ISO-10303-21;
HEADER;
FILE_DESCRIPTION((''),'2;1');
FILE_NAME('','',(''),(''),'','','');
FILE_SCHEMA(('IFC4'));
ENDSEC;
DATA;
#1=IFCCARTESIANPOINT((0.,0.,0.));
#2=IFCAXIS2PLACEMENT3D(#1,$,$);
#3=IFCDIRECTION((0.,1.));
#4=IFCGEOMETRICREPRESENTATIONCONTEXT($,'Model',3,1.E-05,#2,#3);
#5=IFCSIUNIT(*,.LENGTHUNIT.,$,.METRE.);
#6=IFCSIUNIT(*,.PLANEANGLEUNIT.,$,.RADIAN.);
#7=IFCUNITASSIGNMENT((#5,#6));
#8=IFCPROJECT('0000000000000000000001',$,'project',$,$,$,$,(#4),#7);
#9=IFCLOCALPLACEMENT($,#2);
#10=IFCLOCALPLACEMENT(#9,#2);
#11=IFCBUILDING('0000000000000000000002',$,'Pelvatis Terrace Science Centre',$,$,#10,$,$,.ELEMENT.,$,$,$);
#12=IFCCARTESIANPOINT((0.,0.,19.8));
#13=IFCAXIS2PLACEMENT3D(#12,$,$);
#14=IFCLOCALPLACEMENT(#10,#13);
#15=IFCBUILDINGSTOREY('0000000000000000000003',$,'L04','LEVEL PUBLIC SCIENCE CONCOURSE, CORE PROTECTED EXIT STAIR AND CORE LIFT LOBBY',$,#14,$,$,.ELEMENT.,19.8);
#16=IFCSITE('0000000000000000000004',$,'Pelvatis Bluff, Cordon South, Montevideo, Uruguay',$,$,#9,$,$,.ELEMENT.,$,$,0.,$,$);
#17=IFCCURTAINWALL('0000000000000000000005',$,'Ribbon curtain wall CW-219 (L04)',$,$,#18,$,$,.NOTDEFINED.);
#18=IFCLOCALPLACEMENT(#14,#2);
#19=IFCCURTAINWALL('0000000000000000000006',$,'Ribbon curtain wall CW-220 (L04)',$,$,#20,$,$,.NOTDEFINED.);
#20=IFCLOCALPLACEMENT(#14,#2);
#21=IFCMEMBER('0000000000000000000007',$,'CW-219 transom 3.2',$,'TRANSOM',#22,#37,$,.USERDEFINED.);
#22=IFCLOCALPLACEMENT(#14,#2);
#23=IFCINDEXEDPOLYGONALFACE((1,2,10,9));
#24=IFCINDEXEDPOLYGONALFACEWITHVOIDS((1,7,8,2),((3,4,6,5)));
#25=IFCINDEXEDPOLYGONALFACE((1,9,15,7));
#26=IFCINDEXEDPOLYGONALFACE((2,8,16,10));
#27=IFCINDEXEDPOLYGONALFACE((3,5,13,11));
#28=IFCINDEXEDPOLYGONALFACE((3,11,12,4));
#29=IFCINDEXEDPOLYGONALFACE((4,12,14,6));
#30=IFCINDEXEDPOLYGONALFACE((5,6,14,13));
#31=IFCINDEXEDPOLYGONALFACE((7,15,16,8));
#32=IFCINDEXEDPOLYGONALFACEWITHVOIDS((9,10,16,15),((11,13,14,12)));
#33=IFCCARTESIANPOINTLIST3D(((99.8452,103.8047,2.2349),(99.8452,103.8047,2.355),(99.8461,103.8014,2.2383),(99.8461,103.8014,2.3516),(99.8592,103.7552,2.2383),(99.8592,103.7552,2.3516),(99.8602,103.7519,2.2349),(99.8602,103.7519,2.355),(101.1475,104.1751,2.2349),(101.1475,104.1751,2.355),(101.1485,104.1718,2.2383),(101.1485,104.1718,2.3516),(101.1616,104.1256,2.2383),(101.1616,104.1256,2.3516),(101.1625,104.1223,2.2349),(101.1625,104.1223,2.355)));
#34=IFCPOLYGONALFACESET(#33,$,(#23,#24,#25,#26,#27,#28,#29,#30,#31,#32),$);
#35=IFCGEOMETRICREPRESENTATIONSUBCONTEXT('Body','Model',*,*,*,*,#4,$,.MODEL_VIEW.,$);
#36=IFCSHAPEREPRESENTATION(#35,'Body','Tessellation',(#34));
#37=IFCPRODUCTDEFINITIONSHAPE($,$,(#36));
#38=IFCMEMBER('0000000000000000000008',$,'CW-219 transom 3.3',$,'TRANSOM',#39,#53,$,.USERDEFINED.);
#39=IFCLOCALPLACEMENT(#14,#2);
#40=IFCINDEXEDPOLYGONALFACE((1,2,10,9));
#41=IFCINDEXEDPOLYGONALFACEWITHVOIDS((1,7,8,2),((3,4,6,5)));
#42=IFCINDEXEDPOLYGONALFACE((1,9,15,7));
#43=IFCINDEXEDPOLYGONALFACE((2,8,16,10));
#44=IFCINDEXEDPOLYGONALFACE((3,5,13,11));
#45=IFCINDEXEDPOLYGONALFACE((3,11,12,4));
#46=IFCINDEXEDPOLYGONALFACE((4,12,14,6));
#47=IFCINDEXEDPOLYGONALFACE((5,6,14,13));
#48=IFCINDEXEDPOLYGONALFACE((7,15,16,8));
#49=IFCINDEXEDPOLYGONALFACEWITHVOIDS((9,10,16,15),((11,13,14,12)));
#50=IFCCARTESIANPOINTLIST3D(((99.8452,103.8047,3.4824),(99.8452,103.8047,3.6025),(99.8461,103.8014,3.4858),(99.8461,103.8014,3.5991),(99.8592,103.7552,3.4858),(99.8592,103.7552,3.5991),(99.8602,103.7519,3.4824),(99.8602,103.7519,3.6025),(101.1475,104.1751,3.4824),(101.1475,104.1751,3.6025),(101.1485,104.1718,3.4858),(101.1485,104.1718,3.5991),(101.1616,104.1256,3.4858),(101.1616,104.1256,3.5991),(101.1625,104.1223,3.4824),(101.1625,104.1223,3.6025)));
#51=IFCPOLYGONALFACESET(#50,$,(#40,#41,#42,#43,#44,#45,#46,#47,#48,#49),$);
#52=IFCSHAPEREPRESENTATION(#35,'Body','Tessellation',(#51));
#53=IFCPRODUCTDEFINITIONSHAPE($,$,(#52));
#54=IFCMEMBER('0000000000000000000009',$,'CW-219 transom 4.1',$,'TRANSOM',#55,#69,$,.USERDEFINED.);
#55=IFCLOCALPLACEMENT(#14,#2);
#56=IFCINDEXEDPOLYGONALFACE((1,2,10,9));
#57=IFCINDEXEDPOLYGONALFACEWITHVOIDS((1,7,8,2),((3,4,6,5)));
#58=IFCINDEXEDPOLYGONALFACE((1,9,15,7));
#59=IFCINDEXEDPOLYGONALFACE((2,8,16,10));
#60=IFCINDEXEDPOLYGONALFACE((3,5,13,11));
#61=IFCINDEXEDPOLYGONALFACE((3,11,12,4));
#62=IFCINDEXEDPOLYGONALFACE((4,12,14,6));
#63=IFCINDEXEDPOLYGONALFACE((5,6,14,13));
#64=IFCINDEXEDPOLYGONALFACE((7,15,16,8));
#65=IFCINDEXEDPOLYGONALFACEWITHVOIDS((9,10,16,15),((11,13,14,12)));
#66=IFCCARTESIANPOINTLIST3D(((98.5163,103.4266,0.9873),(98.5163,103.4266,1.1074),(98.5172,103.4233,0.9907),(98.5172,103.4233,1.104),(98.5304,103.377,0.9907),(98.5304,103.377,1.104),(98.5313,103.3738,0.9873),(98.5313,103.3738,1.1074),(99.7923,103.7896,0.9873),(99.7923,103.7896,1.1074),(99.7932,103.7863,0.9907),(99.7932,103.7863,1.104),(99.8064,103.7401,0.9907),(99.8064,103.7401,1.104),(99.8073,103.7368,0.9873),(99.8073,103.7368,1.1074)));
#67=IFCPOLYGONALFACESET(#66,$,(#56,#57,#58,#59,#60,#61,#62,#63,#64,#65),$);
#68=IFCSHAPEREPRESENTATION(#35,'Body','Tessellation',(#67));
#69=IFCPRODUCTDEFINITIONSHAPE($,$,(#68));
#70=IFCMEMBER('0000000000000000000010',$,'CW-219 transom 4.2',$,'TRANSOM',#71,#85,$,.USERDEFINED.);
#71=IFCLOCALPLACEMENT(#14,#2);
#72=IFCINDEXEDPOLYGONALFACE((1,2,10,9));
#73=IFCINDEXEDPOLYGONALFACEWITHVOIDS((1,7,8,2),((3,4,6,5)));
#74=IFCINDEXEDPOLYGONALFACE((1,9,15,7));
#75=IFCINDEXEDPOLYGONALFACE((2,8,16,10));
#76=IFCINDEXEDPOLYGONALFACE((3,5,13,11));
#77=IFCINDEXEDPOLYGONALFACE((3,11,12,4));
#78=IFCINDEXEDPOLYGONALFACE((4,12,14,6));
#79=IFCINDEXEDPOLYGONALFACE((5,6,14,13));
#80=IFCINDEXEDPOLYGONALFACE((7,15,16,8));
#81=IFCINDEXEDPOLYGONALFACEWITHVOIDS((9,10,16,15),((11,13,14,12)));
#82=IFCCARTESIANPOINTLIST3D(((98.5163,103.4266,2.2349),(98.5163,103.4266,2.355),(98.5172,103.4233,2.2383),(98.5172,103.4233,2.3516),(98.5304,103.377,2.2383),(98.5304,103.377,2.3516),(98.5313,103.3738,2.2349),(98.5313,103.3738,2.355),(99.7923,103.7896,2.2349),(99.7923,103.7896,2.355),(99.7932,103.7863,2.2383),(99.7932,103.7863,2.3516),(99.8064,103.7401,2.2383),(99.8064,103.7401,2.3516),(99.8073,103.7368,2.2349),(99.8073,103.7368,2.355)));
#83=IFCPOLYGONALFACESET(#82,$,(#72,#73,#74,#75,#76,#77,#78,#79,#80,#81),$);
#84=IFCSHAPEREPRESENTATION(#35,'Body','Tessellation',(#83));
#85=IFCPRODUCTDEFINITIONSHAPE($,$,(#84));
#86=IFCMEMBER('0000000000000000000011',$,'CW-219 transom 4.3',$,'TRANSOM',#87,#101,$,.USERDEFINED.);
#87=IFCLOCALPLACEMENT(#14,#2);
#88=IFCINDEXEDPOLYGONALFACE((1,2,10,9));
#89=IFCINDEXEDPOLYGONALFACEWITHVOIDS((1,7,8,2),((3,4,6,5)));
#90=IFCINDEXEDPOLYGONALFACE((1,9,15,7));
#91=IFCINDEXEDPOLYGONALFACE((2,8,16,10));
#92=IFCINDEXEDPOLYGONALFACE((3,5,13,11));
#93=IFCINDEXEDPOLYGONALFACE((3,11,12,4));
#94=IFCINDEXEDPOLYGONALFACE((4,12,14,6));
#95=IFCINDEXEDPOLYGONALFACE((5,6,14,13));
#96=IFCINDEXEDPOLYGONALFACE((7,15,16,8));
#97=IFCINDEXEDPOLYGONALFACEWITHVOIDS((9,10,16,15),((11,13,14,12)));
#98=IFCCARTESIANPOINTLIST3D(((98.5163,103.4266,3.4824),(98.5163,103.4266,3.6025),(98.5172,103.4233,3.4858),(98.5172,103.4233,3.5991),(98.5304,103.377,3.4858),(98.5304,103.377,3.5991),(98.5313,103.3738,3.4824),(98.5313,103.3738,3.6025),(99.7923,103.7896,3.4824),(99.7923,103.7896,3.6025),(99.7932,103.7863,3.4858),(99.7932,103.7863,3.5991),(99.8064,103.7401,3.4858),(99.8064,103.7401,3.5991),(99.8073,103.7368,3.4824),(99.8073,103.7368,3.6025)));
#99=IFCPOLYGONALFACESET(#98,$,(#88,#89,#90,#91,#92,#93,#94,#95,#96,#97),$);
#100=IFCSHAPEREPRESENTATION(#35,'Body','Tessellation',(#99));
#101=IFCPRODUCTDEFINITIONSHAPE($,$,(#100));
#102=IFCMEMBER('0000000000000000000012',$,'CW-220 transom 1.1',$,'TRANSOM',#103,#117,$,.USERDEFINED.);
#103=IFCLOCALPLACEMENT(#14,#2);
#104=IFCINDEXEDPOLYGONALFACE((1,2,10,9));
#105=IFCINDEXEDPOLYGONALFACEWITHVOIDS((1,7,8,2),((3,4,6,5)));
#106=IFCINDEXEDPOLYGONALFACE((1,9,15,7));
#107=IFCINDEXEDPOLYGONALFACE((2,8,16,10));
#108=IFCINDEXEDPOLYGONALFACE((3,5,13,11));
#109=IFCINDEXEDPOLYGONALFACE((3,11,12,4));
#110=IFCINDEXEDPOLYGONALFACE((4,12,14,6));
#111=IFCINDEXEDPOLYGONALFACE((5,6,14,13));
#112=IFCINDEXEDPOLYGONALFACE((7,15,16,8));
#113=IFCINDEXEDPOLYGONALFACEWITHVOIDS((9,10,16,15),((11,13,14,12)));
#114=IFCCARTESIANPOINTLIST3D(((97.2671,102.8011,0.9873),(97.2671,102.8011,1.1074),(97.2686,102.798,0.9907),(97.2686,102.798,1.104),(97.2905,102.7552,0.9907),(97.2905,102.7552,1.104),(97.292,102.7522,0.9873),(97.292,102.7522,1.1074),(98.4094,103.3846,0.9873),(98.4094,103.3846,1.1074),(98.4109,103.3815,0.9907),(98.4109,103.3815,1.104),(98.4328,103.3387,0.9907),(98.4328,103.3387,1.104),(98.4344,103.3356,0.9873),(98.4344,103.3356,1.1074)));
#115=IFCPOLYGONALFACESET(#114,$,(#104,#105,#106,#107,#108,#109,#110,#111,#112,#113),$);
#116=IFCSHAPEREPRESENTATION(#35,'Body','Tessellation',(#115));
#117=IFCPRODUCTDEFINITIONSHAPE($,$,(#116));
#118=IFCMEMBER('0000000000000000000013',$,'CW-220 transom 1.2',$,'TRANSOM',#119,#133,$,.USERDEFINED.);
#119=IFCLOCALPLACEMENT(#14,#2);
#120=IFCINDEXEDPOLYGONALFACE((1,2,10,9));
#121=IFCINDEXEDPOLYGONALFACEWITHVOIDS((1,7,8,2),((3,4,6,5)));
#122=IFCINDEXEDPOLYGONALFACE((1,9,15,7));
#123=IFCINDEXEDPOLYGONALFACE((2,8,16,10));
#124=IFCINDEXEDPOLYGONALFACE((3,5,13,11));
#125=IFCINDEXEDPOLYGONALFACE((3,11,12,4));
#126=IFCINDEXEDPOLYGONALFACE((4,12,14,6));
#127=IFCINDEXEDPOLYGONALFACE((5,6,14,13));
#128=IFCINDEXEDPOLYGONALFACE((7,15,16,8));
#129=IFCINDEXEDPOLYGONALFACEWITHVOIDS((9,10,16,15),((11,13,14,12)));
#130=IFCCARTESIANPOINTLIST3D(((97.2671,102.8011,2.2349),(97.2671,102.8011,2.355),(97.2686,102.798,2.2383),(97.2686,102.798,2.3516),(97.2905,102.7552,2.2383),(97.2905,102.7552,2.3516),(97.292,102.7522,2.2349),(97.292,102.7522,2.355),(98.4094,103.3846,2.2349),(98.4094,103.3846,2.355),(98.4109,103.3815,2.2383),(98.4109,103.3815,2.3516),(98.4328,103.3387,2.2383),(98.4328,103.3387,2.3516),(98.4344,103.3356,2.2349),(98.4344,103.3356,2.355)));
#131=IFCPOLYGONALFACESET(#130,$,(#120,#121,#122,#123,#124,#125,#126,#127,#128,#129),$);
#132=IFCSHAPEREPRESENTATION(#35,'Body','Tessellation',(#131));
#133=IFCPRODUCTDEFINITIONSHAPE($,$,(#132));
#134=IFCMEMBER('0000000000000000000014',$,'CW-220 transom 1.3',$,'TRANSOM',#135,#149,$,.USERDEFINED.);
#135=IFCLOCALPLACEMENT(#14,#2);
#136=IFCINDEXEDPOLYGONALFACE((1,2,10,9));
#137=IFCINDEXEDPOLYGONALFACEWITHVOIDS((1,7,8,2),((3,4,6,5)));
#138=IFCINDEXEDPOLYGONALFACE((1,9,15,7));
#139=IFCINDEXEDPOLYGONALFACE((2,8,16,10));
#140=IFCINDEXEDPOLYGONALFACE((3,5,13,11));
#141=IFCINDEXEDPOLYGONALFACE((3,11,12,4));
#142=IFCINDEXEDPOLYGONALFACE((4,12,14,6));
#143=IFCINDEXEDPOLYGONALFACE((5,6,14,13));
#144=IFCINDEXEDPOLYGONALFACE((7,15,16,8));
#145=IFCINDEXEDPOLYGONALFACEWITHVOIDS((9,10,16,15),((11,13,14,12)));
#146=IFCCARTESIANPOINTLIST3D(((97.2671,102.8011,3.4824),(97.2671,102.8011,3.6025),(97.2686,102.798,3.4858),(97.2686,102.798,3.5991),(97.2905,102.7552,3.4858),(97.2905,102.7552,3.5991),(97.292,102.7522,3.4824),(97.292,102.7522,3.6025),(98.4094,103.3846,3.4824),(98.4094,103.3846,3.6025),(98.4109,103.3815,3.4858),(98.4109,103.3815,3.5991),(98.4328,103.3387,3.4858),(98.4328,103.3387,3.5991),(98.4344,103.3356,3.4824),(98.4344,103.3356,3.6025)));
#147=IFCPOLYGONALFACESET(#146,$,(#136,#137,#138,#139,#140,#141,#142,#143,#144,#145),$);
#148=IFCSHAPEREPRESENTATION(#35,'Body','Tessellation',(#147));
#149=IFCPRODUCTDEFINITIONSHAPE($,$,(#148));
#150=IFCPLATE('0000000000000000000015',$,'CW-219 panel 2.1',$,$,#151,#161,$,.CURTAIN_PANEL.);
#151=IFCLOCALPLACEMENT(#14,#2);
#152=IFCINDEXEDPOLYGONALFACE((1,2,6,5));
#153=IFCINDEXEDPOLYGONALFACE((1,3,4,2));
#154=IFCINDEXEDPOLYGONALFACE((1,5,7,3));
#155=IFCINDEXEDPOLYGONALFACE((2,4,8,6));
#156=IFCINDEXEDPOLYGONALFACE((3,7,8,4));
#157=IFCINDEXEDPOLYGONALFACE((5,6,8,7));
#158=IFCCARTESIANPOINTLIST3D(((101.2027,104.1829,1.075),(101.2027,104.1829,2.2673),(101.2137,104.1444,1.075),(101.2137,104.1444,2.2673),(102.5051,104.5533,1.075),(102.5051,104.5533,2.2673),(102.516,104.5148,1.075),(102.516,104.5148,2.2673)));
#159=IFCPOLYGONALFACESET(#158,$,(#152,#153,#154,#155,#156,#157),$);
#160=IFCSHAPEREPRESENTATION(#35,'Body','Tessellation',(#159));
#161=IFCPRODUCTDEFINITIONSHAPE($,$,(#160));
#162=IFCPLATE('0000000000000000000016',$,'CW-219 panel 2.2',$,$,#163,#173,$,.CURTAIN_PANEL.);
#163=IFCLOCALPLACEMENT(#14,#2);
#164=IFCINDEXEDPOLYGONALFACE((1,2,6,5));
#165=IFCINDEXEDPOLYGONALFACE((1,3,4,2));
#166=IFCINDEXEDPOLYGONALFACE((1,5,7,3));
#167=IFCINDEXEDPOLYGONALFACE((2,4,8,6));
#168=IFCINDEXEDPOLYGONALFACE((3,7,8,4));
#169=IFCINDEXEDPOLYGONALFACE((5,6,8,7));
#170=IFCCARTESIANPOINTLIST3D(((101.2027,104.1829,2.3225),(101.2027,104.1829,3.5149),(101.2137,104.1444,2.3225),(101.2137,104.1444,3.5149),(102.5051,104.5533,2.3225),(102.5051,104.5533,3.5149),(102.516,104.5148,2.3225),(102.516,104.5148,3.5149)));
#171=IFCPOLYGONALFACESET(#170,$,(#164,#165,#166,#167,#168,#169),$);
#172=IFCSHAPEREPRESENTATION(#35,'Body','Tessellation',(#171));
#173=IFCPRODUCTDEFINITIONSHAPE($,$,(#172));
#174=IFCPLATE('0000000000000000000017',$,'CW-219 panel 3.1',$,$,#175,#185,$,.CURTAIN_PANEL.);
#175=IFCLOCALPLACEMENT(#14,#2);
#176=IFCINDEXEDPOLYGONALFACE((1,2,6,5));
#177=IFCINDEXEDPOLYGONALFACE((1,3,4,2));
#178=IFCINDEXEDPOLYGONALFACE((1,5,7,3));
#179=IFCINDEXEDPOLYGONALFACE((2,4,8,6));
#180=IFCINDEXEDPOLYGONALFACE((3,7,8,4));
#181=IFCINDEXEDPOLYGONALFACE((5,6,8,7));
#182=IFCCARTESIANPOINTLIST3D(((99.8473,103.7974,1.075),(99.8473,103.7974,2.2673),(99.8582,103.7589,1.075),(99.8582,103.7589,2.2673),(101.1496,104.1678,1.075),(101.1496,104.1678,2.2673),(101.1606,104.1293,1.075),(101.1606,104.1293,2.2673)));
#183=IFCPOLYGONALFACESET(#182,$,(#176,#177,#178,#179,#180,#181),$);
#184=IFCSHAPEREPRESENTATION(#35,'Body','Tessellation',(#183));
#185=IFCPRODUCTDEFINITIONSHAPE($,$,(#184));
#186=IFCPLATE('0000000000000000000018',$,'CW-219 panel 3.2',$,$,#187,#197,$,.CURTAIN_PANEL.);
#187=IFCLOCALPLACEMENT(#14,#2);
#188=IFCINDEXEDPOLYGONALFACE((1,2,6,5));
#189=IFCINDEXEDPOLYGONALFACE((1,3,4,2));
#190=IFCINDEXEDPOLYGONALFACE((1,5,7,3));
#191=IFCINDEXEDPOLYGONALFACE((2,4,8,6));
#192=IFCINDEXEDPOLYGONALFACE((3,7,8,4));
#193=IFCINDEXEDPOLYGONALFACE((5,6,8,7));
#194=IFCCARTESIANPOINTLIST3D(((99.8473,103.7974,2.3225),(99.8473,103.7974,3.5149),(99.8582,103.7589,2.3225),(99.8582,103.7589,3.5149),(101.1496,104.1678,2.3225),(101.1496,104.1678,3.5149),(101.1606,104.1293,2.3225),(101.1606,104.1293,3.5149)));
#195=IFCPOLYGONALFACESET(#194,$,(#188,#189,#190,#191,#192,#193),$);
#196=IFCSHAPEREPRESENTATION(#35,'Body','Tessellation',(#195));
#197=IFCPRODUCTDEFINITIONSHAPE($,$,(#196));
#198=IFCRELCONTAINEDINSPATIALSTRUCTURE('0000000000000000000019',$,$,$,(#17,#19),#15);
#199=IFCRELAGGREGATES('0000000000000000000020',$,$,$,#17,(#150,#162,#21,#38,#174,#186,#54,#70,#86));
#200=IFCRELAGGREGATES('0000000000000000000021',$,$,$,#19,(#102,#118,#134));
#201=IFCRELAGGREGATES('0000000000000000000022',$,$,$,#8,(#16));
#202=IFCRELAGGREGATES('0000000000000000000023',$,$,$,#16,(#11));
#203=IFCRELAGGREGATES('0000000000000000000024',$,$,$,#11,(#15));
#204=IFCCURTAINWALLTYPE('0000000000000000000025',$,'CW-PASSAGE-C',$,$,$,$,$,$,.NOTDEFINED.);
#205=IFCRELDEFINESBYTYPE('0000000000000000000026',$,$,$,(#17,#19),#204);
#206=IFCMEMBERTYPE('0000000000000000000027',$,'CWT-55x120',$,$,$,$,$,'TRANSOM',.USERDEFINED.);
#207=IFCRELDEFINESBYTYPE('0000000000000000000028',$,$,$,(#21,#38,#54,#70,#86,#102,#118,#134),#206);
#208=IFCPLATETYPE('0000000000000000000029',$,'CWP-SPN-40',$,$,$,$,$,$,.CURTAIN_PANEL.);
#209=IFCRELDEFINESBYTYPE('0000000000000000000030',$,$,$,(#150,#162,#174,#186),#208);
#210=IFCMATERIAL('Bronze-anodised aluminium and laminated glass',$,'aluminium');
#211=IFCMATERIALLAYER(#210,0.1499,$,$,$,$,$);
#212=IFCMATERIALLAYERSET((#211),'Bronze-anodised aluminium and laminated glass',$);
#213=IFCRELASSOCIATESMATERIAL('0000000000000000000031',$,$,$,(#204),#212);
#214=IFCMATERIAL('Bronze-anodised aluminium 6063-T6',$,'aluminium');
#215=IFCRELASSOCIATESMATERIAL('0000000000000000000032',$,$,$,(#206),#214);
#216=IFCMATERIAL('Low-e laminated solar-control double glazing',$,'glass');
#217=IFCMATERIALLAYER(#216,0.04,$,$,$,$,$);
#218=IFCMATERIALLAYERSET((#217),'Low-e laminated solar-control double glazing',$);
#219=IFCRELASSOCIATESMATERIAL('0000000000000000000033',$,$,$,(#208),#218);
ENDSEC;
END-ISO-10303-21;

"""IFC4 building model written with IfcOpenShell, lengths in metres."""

from ifc_helpers import new_model, si_unit, direction, frame, origin, origin_2d, place, context, subcontext, project, spatial, rectangle, hollow_rectangle, extrude, material, layer, layer_set, material_profile, profile_set, type_object, element, aggregate, save


model = new_model("IFC4")

# Units and contexts
model_context = context("Model", 3, precision=1e-05, world=origin(), true_north=direction((0.0, 1.0)))
body_context = subcontext(model_context, "Body", "Model", "MODEL_VIEW")
ifc_project = project(units=[si_unit("LENGTHUNIT", "METRE"), si_unit("PLANEANGLEUNIT", "RADIAN")], contexts=[model_context])

# Site, building, storey
site_placement = place(None, origin())
site = spatial("IfcSite", under=ifc_project, at=site_placement, Name="Pelvatis Bluff, Cordon South, Montevideo, Uruguay", CompositionType="ELEMENT", RefElevation=0.0)
building_placement = place(site_placement, origin())
building = spatial("IfcBuilding", under=site, at=building_placement, Name="Pelvatis Terrace Science Centre", CompositionType="ELEMENT")
storey_placement = place(building_placement, frame((0.0, 0.0, 19.8)))
storey = spatial("IfcBuildingStorey", under=building, at=storey_placement, Name="L04", Description="LEVEL PUBLIC SCIENCE CONCOURSE, CORE PROTECTED EXIT STAIR AND CORE LIFT LOBBY", CompositionType="ELEMENT", Elevation=19.8)

# Curtain walls
ifc_material_1 = material(Name="Bronze-anodised aluminium and laminated glass", Category="aluminium")
ifc_layer_1 = layer(ifc_material_1, 0.1499)
ifc_layer_set_1 = layer_set([ifc_layer_1], Name="Bronze-anodised aluminium and laminated glass")
curtain_wall_type = type_object("IfcCurtainWallType", Name="CW-PASSAGE-C", PredefinedType="NOTDEFINED", material=ifc_layer_set_1)
curtain_wall_1_placement = place(storey_placement, origin())
curtain_wall_1 = element("IfcCurtainWall", 1, at=curtain_wall_1_placement, inside=storey, type_object=curtain_wall_type, Name="Ribbon curtain wall CW-219 (L04)", PredefinedType="NOTDEFINED")
curtain_wall_2_placement = place(storey_placement, origin())
curtain_wall_2 = element("IfcCurtainWall", 2, at=curtain_wall_2_placement, inside=storey, type_object=curtain_wall_type, Name="Ribbon curtain wall CW-220 (L04)", PredefinedType="NOTDEFINED")

# Members
ifc_material_2 = material(Name="Bronze-anodised aluminium 6063-T6", Category="aluminium")
ifc_material_profile_1 = material_profile(ifc_material_2, hollow_rectangle(XDim=0.0549, YDim=0.1201, WallThickness=0.0034, at=origin_2d()), Name="ALU-TRN 55x120")
ifc_profile_set_1 = profile_set([ifc_material_profile_1], Name="Bronze-anodised aluminium 6063-T6")
member_type_1 = type_object("IfcMemberType", Name="CWT-55x120", ElementType="TRANSOM", PredefinedType="USERDEFINED", material=ifc_profile_set_1)
member_1_placement = place(storey_placement, frame((101.155, 104.1487, 2.2949), z_axis=(-0.961857, -0.273554, 0.0), x_axis=(0.273554, -0.961857, 0.0)))
member_1 = element("IfcMember", 3, at=member_1_placement, type_object=member_type_1, Name="CW-219 transom 3.2", ObjectType="TRANSOM", PredefinedType="USERDEFINED", context=body_context, shape_type="SweptSolid", body=[
    extrude(hollow_rectangle(XDim=0.0549, YDim=0.1201, WallThickness=0.0034, at=origin_2d()), origin(), (0.0, 0.0, 1.0), 1.354),
])
member_2_placement = place(storey_placement, frame((101.155, 104.1487, 3.5425), z_axis=(-0.961857, -0.273554, 0.0), x_axis=(0.273554, -0.961857, 0.0)))
member_2 = element("IfcMember", 4, at=member_2_placement, type_object=member_type_1, Name="CW-219 transom 3.3", ObjectType="TRANSOM", PredefinedType="USERDEFINED", context=body_context, shape_type="SweptSolid", body=[
    extrude(hollow_rectangle(XDim=0.0549, YDim=0.1201, WallThickness=0.0034, at=origin_2d()), origin(), (0.0, 0.0, 1.0), 1.354),
])
member_3_placement = place(storey_placement, frame((99.7998, 103.7632, 1.0474), z_axis=(-0.961836, -0.273627, 0.0), x_axis=(0.273627, -0.961836, 0.0)))
member_3 = element("IfcMember", 5, at=member_3_placement, type_object=member_type_1, Name="CW-219 transom 4.1", ObjectType="TRANSOM", PredefinedType="USERDEFINED", context=body_context, shape_type="SweptSolid", body=[
    extrude(hollow_rectangle(XDim=0.0549, YDim=0.1201, WallThickness=0.0034, at=origin_2d()), origin(), (0.0, 0.0, 1.0), 1.3267),
])
member_4_placement = place(storey_placement, frame((99.7998, 103.7632, 2.2949), z_axis=(-0.961836, -0.273627, 0.0), x_axis=(0.273627, -0.961836, 0.0)))
member_4 = element("IfcMember", 6, at=member_4_placement, type_object=member_type_1, Name="CW-219 transom 4.2", ObjectType="TRANSOM", PredefinedType="USERDEFINED", context=body_context, shape_type="SweptSolid", body=[
    extrude(hollow_rectangle(XDim=0.0549, YDim=0.1201, WallThickness=0.0034, at=origin_2d()), origin(), (0.0, 0.0, 1.0), 1.3267),
])
member_5_placement = place(storey_placement, frame((99.7998, 103.7632, 3.5425), z_axis=(-0.961836, -0.273627, 0.0), x_axis=(0.273627, -0.961836, 0.0)))
member_5 = element("IfcMember", 7, at=member_5_placement, type_object=member_type_1, Name="CW-219 transom 4.3", ObjectType="TRANSOM", PredefinedType="USERDEFINED", context=body_context, shape_type="SweptSolid", body=[
    extrude(hollow_rectangle(XDim=0.0549, YDim=0.1201, WallThickness=0.0034, at=origin_2d()), origin(), (0.0, 0.0, 1.0), 1.3267),
])
member_6_placement = place(storey_placement, frame((98.4219, 103.3601, 1.0474), z_axis=(-0.890549, -0.454886, 0.0), x_axis=(0.454886, -0.890549, 0.0)))
member_6 = element("IfcMember", 8, at=member_6_placement, type_object=member_type_1, Name="CW-220 transom 1.1", ObjectType="TRANSOM", PredefinedType="USERDEFINED", context=body_context, shape_type="SweptSolid", body=[
    extrude(hollow_rectangle(XDim=0.0549, YDim=0.1201, WallThickness=0.0034, at=origin_2d()), origin(), (0.0, 0.0, 1.0), 1.2827),
])
member_7_placement = place(storey_placement, frame((98.4219, 103.3601, 2.2949), z_axis=(-0.890549, -0.454886, 0.0), x_axis=(0.454886, -0.890549, 0.0)))
member_7 = element("IfcMember", 9, at=member_7_placement, type_object=member_type_1, Name="CW-220 transom 1.2", ObjectType="TRANSOM", PredefinedType="USERDEFINED", context=body_context, shape_type="SweptSolid", body=[
    extrude(hollow_rectangle(XDim=0.0549, YDim=0.1201, WallThickness=0.0034, at=origin_2d()), origin(), (0.0, 0.0, 1.0), 1.2827),
])
member_8_placement = place(storey_placement, frame((98.4219, 103.3601, 3.5425), z_axis=(-0.890549, -0.454886, 0.0), x_axis=(0.454886, -0.890549, 0.0)))
member_8 = element("IfcMember", 10, at=member_8_placement, type_object=member_type_1, Name="CW-220 transom 1.3", ObjectType="TRANSOM", PredefinedType="USERDEFINED", context=body_context, shape_type="SweptSolid", body=[
    extrude(hollow_rectangle(XDim=0.0549, YDim=0.1201, WallThickness=0.0034, at=origin_2d()), origin(), (0.0, 0.0, 1.0), 1.2827),
])

# Plates
ifc_material_3 = material(Name="Low-e laminated solar-control double glazing", Category="glass")
ifc_layer_2 = layer(ifc_material_3, 0.04)
ifc_layer_set_2 = layer_set([ifc_layer_2], Name="Low-e laminated solar-control double glazing")
plate_type = type_object("IfcPlateType", Name="CWP-SPN-40", PredefinedType="CURTAIN_PANEL", material=ifc_layer_set_2)
plate_1_placement = place(storey_placement, frame((101.8594, 104.3489, 1.075), z_axis=(0.0, 0.0, 1.0), x_axis=(-0.96185, -0.273577, 0.0)))
plate_1 = element("IfcPlate", 11, at=plate_1_placement, type_object=plate_type, Name="CW-219 panel 2.1", PredefinedType="CURTAIN_PANEL", context=body_context, shape_type="SweptSolid", body=[
    extrude(rectangle(XDim=1.354, YDim=0.04, at=origin_2d()), origin(), (0.0, 0.0, 1.0), 1.1924),
])
plate_2_placement = place(storey_placement, frame((101.8594, 104.3489, 2.3225), z_axis=(0.0, 0.0, 1.0), x_axis=(-0.96185, -0.273577, 0.0)))
plate_2 = element("IfcPlate", 12, at=plate_2_placement, type_object=plate_type, Name="CW-219 panel 2.2", PredefinedType="CURTAIN_PANEL", context=body_context, shape_type="SweptSolid", body=[
    extrude(rectangle(XDim=1.354, YDim=0.04, at=origin_2d()), origin(), (0.0, 0.0, 1.0), 1.1924),
])
plate_3_placement = place(storey_placement, frame((100.5039, 103.9634, 1.075), z_axis=(0.0, 0.0, 1.0), x_axis=(-0.96185, -0.273577, 0.0)))
plate_3 = element("IfcPlate", 13, at=plate_3_placement, type_object=plate_type, Name="CW-219 panel 3.1", PredefinedType="CURTAIN_PANEL", context=body_context, shape_type="SweptSolid", body=[
    extrude(rectangle(XDim=1.354, YDim=0.04, at=origin_2d()), origin(), (0.0, 0.0, 1.0), 1.1924),
])
plate_4_placement = place(storey_placement, frame((100.5039, 103.9634, 2.3225), z_axis=(0.0, 0.0, 1.0), x_axis=(-0.96185, -0.273577, 0.0)))
plate_4 = element("IfcPlate", 14, at=plate_4_placement, type_object=plate_type, Name="CW-219 panel 3.2", PredefinedType="CURTAIN_PANEL", context=body_context, shape_type="SweptSolid", body=[
    extrude(rectangle(XDim=1.354, YDim=0.04, at=origin_2d()), origin(), (0.0, 0.0, 1.0), 1.1924),
])
aggregate(curtain_wall_1, [plate_1, plate_2, member_1, member_2, plate_3, plate_4, member_3, member_4, member_5])
aggregate(curtain_wall_2, [member_6, member_7, member_8])

save(model, "model.ifc")
